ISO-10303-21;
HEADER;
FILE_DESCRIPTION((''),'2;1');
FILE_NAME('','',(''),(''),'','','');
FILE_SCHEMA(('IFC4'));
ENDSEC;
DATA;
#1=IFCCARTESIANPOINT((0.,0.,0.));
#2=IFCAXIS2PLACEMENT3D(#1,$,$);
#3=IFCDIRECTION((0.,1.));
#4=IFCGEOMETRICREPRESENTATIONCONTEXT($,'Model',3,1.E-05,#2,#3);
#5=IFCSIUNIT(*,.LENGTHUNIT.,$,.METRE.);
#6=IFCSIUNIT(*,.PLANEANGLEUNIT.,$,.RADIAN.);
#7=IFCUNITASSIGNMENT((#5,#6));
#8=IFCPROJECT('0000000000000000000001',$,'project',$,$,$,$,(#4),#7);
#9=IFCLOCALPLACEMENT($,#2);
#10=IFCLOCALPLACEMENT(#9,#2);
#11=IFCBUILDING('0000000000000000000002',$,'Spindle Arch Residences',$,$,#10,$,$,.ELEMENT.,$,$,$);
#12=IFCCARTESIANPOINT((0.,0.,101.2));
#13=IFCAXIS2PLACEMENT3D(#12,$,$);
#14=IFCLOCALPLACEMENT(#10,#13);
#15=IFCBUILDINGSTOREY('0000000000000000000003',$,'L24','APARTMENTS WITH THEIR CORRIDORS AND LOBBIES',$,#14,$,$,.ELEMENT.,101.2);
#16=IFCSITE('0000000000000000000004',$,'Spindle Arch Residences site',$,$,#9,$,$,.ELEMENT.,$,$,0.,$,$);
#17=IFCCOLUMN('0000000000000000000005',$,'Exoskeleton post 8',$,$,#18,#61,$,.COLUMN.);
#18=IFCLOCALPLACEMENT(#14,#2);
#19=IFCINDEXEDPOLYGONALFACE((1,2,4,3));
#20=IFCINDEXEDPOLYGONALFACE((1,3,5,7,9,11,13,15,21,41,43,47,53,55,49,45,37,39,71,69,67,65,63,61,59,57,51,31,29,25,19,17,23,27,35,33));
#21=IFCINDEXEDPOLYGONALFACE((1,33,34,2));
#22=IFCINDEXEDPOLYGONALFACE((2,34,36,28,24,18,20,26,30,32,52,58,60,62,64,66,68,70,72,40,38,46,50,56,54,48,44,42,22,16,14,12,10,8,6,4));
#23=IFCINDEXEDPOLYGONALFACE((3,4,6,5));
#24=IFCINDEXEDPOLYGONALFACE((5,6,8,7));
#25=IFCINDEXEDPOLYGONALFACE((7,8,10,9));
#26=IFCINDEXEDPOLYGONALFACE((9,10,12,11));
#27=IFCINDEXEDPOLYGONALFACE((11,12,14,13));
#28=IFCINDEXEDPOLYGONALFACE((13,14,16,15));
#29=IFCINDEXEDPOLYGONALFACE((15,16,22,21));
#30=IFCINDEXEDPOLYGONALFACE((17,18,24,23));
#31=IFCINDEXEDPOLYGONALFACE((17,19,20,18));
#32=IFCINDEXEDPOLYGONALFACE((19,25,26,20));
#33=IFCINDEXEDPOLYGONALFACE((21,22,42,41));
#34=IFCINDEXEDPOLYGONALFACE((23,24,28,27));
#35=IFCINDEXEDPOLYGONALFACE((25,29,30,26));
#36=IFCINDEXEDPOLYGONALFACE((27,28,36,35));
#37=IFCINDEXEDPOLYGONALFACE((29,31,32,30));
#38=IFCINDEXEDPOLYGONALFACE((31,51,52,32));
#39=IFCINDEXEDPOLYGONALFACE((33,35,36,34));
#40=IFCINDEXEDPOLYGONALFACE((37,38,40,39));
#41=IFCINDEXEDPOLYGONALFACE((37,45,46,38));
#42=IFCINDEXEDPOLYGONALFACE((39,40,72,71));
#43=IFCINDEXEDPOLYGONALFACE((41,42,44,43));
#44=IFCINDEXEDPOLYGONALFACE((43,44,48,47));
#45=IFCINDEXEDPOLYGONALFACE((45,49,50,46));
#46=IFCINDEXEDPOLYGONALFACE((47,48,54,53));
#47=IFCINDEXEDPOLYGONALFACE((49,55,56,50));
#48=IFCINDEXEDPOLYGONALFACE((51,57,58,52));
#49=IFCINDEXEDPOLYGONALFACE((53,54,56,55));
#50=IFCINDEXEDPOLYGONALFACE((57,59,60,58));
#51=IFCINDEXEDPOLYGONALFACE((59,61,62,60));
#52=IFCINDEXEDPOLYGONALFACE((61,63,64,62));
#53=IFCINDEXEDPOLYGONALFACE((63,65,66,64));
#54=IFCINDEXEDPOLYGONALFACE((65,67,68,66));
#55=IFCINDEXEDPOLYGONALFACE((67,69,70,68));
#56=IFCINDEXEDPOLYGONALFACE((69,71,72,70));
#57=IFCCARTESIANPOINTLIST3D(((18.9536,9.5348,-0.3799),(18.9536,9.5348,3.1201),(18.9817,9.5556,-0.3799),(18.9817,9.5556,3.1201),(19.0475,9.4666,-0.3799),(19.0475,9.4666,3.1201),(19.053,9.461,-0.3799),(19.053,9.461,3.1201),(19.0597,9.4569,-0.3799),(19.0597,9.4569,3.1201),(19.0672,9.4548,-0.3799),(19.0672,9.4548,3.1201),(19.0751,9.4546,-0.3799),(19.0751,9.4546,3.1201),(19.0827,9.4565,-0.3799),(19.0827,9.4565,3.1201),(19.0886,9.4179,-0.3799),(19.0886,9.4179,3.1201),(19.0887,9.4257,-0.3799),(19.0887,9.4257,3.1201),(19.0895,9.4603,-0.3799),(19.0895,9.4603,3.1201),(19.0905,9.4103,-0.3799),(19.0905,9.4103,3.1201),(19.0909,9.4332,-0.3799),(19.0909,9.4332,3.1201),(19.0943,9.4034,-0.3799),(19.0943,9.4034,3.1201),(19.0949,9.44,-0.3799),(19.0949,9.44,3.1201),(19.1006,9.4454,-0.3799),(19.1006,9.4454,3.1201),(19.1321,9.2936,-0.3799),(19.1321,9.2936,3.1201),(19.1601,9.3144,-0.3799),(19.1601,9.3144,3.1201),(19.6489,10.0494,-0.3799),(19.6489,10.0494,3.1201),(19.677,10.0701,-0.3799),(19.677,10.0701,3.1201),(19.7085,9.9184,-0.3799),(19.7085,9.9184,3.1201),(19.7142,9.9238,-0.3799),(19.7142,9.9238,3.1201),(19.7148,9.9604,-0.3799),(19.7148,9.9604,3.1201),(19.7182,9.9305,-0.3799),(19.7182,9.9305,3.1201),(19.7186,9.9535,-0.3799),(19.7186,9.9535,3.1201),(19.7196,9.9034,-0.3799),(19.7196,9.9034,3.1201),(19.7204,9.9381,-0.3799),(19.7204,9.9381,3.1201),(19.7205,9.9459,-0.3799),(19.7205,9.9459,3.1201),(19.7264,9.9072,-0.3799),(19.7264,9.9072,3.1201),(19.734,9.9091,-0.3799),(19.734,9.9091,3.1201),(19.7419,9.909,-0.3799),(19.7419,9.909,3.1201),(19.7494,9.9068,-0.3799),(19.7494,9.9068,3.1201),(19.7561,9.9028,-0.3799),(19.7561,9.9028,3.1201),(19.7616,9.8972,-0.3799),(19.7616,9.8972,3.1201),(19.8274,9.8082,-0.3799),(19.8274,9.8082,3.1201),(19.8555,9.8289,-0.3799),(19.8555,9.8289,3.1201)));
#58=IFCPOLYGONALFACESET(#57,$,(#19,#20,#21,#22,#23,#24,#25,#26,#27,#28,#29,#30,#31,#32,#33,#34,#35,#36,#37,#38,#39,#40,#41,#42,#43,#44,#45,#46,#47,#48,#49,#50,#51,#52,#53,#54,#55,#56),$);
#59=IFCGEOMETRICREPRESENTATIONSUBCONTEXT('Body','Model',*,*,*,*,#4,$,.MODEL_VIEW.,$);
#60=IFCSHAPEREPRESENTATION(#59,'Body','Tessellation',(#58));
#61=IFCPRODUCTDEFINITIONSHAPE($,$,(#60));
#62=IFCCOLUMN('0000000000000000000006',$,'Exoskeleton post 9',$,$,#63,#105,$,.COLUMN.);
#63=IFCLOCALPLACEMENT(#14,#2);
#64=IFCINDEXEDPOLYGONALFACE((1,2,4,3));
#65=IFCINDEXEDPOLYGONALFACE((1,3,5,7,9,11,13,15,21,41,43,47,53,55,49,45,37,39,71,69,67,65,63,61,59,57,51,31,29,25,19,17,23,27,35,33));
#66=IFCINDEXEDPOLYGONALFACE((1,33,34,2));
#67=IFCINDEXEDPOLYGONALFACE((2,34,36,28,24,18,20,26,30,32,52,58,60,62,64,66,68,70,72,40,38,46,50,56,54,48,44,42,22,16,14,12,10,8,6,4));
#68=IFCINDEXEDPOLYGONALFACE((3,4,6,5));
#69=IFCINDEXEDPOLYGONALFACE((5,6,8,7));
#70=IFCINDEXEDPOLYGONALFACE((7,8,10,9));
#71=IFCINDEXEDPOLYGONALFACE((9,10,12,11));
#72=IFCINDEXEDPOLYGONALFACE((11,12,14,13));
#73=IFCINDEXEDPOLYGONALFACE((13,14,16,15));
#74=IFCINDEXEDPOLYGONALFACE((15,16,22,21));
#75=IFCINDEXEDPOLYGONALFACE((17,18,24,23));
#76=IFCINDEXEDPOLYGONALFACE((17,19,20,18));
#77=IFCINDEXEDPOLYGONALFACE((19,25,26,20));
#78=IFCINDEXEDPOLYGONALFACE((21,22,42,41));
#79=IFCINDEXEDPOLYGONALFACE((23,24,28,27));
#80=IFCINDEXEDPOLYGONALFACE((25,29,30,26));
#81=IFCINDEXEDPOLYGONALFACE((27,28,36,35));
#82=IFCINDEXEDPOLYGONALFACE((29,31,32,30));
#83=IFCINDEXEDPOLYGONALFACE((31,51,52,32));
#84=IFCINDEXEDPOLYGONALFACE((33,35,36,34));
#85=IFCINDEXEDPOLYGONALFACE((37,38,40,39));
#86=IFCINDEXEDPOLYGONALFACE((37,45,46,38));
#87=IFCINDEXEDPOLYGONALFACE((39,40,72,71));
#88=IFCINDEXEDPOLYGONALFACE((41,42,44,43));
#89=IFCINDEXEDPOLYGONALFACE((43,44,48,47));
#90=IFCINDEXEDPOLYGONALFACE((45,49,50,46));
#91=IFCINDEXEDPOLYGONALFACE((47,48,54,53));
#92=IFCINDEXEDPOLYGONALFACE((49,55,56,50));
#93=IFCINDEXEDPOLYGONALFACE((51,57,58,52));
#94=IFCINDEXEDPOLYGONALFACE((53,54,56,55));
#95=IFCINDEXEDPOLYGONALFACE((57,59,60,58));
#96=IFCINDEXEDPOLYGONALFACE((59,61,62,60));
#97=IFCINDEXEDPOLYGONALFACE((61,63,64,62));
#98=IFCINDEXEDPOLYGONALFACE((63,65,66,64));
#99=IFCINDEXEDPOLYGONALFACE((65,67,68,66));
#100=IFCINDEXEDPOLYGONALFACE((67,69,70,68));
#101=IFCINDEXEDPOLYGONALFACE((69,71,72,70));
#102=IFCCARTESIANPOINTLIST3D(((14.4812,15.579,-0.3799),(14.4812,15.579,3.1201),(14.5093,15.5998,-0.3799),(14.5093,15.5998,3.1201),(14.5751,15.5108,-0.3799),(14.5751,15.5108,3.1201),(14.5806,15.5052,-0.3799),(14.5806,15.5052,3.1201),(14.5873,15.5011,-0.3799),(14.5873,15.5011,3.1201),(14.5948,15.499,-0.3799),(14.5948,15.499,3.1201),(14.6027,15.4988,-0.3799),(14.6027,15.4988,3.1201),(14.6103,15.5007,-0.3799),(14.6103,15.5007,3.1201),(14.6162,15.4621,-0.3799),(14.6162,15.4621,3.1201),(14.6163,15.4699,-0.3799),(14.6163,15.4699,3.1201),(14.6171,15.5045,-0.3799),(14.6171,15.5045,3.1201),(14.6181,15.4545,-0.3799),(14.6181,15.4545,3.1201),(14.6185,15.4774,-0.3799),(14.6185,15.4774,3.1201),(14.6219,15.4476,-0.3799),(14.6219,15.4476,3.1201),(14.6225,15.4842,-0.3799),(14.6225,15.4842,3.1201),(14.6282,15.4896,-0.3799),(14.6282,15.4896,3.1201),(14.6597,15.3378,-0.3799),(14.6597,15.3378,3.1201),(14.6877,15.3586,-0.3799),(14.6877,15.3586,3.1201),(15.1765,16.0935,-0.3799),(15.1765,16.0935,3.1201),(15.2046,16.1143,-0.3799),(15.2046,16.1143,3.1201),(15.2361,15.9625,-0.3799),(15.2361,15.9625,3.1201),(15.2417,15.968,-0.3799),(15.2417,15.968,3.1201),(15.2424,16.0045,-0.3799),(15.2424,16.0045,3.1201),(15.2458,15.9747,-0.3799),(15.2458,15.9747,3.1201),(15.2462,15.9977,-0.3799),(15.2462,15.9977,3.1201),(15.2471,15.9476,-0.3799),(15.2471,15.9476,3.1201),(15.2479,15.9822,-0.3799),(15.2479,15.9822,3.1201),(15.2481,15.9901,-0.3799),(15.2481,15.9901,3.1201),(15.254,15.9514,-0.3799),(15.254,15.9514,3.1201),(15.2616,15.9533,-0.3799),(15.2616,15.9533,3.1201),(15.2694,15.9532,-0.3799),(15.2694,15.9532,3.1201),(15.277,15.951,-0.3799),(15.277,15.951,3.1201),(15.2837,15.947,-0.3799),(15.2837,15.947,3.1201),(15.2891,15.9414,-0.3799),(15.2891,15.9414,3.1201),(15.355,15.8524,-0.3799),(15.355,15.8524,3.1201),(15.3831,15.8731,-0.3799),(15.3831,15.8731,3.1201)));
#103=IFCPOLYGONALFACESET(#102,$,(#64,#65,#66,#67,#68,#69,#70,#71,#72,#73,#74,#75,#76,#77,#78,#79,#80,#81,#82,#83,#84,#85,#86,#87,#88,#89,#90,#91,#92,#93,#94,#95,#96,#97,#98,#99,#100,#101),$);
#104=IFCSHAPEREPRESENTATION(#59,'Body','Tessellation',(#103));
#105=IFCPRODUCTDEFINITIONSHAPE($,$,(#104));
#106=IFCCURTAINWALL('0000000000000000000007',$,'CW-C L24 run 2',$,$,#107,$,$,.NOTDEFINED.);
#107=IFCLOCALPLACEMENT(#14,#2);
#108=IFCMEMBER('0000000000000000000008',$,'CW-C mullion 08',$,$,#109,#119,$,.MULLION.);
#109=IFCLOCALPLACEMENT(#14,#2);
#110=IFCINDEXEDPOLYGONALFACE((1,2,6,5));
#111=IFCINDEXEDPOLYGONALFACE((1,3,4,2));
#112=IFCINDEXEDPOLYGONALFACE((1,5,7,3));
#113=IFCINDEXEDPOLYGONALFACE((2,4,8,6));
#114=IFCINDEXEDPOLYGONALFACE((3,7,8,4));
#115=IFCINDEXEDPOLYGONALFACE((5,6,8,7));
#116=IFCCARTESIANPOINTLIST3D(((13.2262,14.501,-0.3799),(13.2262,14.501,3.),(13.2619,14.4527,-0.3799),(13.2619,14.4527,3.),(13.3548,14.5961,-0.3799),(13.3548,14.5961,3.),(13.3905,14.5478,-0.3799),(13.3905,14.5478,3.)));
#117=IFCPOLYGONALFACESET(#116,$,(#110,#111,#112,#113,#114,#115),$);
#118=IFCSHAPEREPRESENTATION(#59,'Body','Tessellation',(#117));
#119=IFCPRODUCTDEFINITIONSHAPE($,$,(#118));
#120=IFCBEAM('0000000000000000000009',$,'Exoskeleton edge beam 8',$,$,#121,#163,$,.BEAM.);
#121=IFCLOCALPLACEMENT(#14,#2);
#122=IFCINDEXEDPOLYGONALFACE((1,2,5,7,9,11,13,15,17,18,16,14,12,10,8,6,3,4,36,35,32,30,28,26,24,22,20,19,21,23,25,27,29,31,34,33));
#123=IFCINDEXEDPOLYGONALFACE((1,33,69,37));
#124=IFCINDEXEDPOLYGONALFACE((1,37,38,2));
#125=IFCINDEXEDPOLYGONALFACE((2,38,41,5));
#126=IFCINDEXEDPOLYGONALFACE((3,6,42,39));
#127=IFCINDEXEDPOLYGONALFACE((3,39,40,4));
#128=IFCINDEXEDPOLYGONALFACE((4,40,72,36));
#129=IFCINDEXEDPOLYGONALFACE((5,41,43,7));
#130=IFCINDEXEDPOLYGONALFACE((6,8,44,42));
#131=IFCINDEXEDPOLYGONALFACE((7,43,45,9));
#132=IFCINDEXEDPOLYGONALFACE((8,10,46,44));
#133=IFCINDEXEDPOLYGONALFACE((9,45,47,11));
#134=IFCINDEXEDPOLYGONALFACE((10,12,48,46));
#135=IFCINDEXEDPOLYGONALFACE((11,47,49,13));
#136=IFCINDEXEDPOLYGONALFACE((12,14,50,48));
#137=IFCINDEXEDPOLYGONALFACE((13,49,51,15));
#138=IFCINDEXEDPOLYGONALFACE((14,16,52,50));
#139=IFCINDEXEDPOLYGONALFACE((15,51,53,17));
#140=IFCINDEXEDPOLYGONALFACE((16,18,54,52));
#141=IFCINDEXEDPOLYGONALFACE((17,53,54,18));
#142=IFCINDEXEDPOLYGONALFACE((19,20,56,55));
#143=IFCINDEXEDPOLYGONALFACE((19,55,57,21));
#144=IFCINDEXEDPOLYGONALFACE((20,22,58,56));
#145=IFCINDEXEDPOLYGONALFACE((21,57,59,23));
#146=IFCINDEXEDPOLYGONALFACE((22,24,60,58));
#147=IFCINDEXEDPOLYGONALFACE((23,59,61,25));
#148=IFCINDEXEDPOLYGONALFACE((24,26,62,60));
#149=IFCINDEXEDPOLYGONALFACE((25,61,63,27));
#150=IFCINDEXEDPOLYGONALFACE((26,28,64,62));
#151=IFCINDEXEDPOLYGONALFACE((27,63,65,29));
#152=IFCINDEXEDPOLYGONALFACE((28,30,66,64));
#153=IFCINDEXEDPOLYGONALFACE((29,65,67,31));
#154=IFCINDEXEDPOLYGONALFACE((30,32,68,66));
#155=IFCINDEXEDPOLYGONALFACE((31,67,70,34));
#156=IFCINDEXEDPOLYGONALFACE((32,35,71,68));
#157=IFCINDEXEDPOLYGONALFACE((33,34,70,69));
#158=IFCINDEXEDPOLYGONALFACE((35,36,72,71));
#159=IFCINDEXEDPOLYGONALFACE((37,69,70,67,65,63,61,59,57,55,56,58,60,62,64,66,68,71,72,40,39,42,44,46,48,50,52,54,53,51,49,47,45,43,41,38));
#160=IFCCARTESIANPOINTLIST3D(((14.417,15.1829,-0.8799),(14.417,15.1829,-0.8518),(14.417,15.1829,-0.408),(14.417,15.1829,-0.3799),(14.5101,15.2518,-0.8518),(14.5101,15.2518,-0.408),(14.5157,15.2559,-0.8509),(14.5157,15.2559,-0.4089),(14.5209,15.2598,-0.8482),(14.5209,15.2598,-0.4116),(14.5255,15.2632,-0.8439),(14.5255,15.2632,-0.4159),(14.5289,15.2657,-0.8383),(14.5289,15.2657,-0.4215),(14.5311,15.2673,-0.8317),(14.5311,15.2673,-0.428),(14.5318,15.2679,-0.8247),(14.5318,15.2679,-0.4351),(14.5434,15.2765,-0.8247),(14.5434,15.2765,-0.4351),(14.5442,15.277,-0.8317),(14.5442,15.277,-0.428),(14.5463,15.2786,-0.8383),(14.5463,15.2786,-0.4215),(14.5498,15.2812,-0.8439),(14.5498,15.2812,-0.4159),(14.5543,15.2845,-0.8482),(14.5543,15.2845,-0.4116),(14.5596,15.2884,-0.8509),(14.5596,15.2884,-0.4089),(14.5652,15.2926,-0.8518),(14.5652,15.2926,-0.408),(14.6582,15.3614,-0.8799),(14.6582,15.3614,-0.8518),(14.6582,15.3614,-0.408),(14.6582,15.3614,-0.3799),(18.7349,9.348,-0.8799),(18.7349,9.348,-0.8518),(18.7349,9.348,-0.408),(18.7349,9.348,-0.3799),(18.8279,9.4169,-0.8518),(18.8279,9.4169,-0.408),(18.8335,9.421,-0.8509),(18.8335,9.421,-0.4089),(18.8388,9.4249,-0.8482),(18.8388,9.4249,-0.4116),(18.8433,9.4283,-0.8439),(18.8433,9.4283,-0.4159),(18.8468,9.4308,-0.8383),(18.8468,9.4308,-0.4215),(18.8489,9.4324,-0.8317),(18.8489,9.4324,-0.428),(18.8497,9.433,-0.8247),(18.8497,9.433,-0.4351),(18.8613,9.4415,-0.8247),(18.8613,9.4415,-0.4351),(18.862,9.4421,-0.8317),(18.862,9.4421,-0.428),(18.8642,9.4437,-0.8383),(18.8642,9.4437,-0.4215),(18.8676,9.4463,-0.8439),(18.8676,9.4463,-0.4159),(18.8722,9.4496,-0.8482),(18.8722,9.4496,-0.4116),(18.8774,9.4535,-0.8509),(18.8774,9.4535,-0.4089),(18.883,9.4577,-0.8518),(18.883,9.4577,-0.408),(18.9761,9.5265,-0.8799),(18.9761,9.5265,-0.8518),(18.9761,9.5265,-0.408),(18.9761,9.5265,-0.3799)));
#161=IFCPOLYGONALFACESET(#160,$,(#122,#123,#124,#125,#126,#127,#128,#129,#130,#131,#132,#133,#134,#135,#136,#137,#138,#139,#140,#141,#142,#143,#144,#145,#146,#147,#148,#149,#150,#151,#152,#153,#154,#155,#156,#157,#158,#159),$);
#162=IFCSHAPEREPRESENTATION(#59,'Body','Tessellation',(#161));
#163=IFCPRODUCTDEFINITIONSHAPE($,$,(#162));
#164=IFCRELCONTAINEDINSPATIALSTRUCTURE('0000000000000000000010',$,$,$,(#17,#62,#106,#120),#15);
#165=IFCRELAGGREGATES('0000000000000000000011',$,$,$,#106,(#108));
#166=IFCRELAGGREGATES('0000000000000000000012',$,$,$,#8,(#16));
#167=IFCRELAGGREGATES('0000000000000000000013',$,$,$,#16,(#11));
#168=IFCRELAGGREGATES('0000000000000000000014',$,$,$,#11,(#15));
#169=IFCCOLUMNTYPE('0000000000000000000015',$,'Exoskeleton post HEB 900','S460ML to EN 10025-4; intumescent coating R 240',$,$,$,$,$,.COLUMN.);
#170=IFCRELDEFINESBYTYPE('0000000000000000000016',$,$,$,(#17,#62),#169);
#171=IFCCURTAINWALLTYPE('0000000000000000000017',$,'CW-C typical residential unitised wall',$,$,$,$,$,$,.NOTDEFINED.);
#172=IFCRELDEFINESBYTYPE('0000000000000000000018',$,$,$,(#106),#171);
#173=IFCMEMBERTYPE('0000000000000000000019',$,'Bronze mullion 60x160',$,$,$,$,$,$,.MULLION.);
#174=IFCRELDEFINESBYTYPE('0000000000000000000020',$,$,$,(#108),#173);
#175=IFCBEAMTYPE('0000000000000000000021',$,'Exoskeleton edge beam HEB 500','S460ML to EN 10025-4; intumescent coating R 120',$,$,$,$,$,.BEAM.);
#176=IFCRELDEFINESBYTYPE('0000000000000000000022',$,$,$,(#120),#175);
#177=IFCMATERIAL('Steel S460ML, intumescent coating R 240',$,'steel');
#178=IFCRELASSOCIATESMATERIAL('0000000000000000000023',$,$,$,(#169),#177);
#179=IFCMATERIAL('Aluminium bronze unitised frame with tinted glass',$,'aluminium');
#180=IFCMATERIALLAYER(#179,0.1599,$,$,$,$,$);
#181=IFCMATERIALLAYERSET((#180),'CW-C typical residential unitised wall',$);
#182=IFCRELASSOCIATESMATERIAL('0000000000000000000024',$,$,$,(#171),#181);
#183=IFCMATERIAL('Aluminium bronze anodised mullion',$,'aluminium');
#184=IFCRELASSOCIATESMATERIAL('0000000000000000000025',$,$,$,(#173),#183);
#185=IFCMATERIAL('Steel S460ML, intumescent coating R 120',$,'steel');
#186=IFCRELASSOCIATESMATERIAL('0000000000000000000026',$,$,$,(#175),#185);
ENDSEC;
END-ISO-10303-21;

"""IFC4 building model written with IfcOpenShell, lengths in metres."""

from ifc_helpers import new_model, si_unit, direction, frame, origin, origin_2d, place, context, subcontext, project, spatial, rectangle, i_section, extrude, material, layer, layer_set, material_profile, profile_set, type_object, element, aggregate, save


model = new_model("IFC4")

# Units and contexts
model_context = context("Model", 3, precision=1e-05, world=origin(), true_north=direction((0.0, 1.0)))
body_context = subcontext(model_context, "Body", "Model", "MODEL_VIEW")
ifc_project = project(units=[si_unit("LENGTHUNIT", "METRE"), si_unit("PLANEANGLEUNIT", "RADIAN")], contexts=[model_context])

# Site, building, storey
site_placement = place(None, origin())
site = spatial("IfcSite", under=ifc_project, at=site_placement, Name="Spindle Arch Residences site", CompositionType="ELEMENT", RefElevation=0.0)
building_placement = place(site_placement, origin())
building = spatial("IfcBuilding", under=site, at=building_placement, Name="Spindle Arch Residences", CompositionType="ELEMENT")
storey_placement = place(building_placement, frame((0.0, 0.0, 101.2)))
storey = spatial("IfcBuildingStorey", under=building, at=storey_placement, Name="L24", Description="APARTMENTS WITH THEIR CORRIDORS AND LOBBIES", CompositionType="ELEMENT", Elevation=101.2)

# Columns
ifc_material_1 = material(Name="Steel S460ML, intumescent coating R 240", Category="steel")
ifc_material_profile_1 = material_profile(ifc_material_1, i_section(OverallWidth=0.3, OverallDepth=0.8999, WebThickness=0.0186, FlangeThickness=0.0349, FilletRadius=0.03, at=origin_2d()), Name="HEB 900")
ifc_profile_set_1 = profile_set([ifc_material_profile_1], Name="Steel S460ML, intumescent coating R 240")
column_type = type_object("IfcColumnType", Name="Exoskeleton post HEB 900", Description="S460ML to EN 10025-4; intumescent coating R 240", PredefinedType="COLUMN", material=ifc_profile_set_1)
for number, where, z_axis, x_axis, name in (
    (1, (19.4045, 9.6819, -0.3799), (0.0, 0.0, 1.0), (0.594823, -0.803857, 0.0), "Exoskeleton post 8"),
    (2, (14.9321, 15.7261, -0.3799), (0.0, 0.0, 1.0), (0.594823, -0.803857, 0.0), "Exoskeleton post 9"),
):
    element("IfcColumn", number, at=place(storey_placement, frame(where, z_axis=z_axis, x_axis=x_axis)), inside=storey, type_object=column_type, Name=name, PredefinedType="COLUMN", context=body_context, shape_type="SweptSolid", body=[
        extrude(i_section(OverallWidth=0.3, OverallDepth=0.8999, WebThickness=0.0186, FlangeThickness=0.0349, FilletRadius=0.03, at=origin_2d()), origin(), (0.0, 0.0, 1.0), 3.5),
    ])

# Curtain wall, member
ifc_material_2 = material(Name="Aluminium bronze unitised frame with tinted glass", Category="aluminium")
ifc_layer_1 = layer(ifc_material_2, 0.1599)
ifc_layer_set_1 = layer_set([ifc_layer_1], Name="CW-C typical residential unitised wall")
curtain_wall_type = type_object("IfcCurtainWallType", Name="CW-C typical residential unitised wall", PredefinedType="NOTDEFINED", material=ifc_layer_set_1)
curtain_wall_placement = place(storey_placement, origin())
curtain_wall = element("IfcCurtainWall", 3, at=curtain_wall_placement, inside=storey, type_object=curtain_wall_type, Name="CW-C L24 run 2", PredefinedType="NOTDEFINED")
ifc_material_3 = material(Name="Aluminium bronze anodised mullion", Category="aluminium")
ifc_material_profile_2 = material_profile(ifc_material_3, rectangle(XDim=0.1599, YDim=0.0601, at=origin_2d()), Name="MU 60x160")
ifc_profile_set_2 = profile_set([ifc_material_profile_2], Name="Aluminium bronze anodised mullion")
member_type = type_object("IfcMemberType", Name="Bronze mullion 60x160", PredefinedType="MULLION", material=ifc_profile_set_2)
member_placement = place(storey_placement, frame((13.3083, 14.5244, -0.3799), z_axis=(0.0, 0.0, 1.0), x_axis=(-0.803857, -0.594823, 0.0)))
member = element("IfcMember", 4, at=member_placement, type_object=member_type, Name="CW-C mullion 08", PredefinedType="MULLION", context=body_context, shape_type="SweptSolid", body=[
    extrude(rectangle(XDim=0.1599, YDim=0.0601, at=origin_2d()), origin(), (0.0, 0.0, 1.0), 3.3799),
])

# Beam
ifc_material_4 = material(Name="Steel S460ML, intumescent coating R 120", Category="steel")
ifc_material_profile_3 = material_profile(ifc_material_4, i_section(OverallWidth=0.3, OverallDepth=0.5, WebThickness=0.0144, FlangeThickness=0.0281, FilletRadius=0.0271, at=origin_2d()), Name="HEB 500")
ifc_profile_set_3 = profile_set([ifc_material_profile_3], Name="Steel S460ML, intumescent coating R 120")
beam_type_1 = type_object("IfcBeamType", Name="Exoskeleton edge beam HEB 500", Description="S460ML to EN 10025-4; intumescent coating R 120", PredefinedType="BEAM", material=ifc_profile_set_3)
beam_1_placement = place(storey_placement, frame((18.8555, 9.4373, -0.6299), z_axis=(-0.594843, 0.803842, 0.0), x_axis=(-0.803842, -0.594843, 0.0)))
element("IfcBeam", 5, at=beam_1_placement, inside=storey, type_object=beam_type_1, Name="Exoskeleton edge beam 8", PredefinedType="BEAM", context=body_context, shape_type="SweptSolid", body=[
    extrude(i_section(OverallWidth=0.3, OverallDepth=0.5, WebThickness=0.0144, FlangeThickness=0.0281, FilletRadius=0.0271, at=origin_2d()), origin(), (0.0, 0.0, 1.0), 7.2588),
])

aggregate(curtain_wall, [member])

save(model, "model.ifc")
